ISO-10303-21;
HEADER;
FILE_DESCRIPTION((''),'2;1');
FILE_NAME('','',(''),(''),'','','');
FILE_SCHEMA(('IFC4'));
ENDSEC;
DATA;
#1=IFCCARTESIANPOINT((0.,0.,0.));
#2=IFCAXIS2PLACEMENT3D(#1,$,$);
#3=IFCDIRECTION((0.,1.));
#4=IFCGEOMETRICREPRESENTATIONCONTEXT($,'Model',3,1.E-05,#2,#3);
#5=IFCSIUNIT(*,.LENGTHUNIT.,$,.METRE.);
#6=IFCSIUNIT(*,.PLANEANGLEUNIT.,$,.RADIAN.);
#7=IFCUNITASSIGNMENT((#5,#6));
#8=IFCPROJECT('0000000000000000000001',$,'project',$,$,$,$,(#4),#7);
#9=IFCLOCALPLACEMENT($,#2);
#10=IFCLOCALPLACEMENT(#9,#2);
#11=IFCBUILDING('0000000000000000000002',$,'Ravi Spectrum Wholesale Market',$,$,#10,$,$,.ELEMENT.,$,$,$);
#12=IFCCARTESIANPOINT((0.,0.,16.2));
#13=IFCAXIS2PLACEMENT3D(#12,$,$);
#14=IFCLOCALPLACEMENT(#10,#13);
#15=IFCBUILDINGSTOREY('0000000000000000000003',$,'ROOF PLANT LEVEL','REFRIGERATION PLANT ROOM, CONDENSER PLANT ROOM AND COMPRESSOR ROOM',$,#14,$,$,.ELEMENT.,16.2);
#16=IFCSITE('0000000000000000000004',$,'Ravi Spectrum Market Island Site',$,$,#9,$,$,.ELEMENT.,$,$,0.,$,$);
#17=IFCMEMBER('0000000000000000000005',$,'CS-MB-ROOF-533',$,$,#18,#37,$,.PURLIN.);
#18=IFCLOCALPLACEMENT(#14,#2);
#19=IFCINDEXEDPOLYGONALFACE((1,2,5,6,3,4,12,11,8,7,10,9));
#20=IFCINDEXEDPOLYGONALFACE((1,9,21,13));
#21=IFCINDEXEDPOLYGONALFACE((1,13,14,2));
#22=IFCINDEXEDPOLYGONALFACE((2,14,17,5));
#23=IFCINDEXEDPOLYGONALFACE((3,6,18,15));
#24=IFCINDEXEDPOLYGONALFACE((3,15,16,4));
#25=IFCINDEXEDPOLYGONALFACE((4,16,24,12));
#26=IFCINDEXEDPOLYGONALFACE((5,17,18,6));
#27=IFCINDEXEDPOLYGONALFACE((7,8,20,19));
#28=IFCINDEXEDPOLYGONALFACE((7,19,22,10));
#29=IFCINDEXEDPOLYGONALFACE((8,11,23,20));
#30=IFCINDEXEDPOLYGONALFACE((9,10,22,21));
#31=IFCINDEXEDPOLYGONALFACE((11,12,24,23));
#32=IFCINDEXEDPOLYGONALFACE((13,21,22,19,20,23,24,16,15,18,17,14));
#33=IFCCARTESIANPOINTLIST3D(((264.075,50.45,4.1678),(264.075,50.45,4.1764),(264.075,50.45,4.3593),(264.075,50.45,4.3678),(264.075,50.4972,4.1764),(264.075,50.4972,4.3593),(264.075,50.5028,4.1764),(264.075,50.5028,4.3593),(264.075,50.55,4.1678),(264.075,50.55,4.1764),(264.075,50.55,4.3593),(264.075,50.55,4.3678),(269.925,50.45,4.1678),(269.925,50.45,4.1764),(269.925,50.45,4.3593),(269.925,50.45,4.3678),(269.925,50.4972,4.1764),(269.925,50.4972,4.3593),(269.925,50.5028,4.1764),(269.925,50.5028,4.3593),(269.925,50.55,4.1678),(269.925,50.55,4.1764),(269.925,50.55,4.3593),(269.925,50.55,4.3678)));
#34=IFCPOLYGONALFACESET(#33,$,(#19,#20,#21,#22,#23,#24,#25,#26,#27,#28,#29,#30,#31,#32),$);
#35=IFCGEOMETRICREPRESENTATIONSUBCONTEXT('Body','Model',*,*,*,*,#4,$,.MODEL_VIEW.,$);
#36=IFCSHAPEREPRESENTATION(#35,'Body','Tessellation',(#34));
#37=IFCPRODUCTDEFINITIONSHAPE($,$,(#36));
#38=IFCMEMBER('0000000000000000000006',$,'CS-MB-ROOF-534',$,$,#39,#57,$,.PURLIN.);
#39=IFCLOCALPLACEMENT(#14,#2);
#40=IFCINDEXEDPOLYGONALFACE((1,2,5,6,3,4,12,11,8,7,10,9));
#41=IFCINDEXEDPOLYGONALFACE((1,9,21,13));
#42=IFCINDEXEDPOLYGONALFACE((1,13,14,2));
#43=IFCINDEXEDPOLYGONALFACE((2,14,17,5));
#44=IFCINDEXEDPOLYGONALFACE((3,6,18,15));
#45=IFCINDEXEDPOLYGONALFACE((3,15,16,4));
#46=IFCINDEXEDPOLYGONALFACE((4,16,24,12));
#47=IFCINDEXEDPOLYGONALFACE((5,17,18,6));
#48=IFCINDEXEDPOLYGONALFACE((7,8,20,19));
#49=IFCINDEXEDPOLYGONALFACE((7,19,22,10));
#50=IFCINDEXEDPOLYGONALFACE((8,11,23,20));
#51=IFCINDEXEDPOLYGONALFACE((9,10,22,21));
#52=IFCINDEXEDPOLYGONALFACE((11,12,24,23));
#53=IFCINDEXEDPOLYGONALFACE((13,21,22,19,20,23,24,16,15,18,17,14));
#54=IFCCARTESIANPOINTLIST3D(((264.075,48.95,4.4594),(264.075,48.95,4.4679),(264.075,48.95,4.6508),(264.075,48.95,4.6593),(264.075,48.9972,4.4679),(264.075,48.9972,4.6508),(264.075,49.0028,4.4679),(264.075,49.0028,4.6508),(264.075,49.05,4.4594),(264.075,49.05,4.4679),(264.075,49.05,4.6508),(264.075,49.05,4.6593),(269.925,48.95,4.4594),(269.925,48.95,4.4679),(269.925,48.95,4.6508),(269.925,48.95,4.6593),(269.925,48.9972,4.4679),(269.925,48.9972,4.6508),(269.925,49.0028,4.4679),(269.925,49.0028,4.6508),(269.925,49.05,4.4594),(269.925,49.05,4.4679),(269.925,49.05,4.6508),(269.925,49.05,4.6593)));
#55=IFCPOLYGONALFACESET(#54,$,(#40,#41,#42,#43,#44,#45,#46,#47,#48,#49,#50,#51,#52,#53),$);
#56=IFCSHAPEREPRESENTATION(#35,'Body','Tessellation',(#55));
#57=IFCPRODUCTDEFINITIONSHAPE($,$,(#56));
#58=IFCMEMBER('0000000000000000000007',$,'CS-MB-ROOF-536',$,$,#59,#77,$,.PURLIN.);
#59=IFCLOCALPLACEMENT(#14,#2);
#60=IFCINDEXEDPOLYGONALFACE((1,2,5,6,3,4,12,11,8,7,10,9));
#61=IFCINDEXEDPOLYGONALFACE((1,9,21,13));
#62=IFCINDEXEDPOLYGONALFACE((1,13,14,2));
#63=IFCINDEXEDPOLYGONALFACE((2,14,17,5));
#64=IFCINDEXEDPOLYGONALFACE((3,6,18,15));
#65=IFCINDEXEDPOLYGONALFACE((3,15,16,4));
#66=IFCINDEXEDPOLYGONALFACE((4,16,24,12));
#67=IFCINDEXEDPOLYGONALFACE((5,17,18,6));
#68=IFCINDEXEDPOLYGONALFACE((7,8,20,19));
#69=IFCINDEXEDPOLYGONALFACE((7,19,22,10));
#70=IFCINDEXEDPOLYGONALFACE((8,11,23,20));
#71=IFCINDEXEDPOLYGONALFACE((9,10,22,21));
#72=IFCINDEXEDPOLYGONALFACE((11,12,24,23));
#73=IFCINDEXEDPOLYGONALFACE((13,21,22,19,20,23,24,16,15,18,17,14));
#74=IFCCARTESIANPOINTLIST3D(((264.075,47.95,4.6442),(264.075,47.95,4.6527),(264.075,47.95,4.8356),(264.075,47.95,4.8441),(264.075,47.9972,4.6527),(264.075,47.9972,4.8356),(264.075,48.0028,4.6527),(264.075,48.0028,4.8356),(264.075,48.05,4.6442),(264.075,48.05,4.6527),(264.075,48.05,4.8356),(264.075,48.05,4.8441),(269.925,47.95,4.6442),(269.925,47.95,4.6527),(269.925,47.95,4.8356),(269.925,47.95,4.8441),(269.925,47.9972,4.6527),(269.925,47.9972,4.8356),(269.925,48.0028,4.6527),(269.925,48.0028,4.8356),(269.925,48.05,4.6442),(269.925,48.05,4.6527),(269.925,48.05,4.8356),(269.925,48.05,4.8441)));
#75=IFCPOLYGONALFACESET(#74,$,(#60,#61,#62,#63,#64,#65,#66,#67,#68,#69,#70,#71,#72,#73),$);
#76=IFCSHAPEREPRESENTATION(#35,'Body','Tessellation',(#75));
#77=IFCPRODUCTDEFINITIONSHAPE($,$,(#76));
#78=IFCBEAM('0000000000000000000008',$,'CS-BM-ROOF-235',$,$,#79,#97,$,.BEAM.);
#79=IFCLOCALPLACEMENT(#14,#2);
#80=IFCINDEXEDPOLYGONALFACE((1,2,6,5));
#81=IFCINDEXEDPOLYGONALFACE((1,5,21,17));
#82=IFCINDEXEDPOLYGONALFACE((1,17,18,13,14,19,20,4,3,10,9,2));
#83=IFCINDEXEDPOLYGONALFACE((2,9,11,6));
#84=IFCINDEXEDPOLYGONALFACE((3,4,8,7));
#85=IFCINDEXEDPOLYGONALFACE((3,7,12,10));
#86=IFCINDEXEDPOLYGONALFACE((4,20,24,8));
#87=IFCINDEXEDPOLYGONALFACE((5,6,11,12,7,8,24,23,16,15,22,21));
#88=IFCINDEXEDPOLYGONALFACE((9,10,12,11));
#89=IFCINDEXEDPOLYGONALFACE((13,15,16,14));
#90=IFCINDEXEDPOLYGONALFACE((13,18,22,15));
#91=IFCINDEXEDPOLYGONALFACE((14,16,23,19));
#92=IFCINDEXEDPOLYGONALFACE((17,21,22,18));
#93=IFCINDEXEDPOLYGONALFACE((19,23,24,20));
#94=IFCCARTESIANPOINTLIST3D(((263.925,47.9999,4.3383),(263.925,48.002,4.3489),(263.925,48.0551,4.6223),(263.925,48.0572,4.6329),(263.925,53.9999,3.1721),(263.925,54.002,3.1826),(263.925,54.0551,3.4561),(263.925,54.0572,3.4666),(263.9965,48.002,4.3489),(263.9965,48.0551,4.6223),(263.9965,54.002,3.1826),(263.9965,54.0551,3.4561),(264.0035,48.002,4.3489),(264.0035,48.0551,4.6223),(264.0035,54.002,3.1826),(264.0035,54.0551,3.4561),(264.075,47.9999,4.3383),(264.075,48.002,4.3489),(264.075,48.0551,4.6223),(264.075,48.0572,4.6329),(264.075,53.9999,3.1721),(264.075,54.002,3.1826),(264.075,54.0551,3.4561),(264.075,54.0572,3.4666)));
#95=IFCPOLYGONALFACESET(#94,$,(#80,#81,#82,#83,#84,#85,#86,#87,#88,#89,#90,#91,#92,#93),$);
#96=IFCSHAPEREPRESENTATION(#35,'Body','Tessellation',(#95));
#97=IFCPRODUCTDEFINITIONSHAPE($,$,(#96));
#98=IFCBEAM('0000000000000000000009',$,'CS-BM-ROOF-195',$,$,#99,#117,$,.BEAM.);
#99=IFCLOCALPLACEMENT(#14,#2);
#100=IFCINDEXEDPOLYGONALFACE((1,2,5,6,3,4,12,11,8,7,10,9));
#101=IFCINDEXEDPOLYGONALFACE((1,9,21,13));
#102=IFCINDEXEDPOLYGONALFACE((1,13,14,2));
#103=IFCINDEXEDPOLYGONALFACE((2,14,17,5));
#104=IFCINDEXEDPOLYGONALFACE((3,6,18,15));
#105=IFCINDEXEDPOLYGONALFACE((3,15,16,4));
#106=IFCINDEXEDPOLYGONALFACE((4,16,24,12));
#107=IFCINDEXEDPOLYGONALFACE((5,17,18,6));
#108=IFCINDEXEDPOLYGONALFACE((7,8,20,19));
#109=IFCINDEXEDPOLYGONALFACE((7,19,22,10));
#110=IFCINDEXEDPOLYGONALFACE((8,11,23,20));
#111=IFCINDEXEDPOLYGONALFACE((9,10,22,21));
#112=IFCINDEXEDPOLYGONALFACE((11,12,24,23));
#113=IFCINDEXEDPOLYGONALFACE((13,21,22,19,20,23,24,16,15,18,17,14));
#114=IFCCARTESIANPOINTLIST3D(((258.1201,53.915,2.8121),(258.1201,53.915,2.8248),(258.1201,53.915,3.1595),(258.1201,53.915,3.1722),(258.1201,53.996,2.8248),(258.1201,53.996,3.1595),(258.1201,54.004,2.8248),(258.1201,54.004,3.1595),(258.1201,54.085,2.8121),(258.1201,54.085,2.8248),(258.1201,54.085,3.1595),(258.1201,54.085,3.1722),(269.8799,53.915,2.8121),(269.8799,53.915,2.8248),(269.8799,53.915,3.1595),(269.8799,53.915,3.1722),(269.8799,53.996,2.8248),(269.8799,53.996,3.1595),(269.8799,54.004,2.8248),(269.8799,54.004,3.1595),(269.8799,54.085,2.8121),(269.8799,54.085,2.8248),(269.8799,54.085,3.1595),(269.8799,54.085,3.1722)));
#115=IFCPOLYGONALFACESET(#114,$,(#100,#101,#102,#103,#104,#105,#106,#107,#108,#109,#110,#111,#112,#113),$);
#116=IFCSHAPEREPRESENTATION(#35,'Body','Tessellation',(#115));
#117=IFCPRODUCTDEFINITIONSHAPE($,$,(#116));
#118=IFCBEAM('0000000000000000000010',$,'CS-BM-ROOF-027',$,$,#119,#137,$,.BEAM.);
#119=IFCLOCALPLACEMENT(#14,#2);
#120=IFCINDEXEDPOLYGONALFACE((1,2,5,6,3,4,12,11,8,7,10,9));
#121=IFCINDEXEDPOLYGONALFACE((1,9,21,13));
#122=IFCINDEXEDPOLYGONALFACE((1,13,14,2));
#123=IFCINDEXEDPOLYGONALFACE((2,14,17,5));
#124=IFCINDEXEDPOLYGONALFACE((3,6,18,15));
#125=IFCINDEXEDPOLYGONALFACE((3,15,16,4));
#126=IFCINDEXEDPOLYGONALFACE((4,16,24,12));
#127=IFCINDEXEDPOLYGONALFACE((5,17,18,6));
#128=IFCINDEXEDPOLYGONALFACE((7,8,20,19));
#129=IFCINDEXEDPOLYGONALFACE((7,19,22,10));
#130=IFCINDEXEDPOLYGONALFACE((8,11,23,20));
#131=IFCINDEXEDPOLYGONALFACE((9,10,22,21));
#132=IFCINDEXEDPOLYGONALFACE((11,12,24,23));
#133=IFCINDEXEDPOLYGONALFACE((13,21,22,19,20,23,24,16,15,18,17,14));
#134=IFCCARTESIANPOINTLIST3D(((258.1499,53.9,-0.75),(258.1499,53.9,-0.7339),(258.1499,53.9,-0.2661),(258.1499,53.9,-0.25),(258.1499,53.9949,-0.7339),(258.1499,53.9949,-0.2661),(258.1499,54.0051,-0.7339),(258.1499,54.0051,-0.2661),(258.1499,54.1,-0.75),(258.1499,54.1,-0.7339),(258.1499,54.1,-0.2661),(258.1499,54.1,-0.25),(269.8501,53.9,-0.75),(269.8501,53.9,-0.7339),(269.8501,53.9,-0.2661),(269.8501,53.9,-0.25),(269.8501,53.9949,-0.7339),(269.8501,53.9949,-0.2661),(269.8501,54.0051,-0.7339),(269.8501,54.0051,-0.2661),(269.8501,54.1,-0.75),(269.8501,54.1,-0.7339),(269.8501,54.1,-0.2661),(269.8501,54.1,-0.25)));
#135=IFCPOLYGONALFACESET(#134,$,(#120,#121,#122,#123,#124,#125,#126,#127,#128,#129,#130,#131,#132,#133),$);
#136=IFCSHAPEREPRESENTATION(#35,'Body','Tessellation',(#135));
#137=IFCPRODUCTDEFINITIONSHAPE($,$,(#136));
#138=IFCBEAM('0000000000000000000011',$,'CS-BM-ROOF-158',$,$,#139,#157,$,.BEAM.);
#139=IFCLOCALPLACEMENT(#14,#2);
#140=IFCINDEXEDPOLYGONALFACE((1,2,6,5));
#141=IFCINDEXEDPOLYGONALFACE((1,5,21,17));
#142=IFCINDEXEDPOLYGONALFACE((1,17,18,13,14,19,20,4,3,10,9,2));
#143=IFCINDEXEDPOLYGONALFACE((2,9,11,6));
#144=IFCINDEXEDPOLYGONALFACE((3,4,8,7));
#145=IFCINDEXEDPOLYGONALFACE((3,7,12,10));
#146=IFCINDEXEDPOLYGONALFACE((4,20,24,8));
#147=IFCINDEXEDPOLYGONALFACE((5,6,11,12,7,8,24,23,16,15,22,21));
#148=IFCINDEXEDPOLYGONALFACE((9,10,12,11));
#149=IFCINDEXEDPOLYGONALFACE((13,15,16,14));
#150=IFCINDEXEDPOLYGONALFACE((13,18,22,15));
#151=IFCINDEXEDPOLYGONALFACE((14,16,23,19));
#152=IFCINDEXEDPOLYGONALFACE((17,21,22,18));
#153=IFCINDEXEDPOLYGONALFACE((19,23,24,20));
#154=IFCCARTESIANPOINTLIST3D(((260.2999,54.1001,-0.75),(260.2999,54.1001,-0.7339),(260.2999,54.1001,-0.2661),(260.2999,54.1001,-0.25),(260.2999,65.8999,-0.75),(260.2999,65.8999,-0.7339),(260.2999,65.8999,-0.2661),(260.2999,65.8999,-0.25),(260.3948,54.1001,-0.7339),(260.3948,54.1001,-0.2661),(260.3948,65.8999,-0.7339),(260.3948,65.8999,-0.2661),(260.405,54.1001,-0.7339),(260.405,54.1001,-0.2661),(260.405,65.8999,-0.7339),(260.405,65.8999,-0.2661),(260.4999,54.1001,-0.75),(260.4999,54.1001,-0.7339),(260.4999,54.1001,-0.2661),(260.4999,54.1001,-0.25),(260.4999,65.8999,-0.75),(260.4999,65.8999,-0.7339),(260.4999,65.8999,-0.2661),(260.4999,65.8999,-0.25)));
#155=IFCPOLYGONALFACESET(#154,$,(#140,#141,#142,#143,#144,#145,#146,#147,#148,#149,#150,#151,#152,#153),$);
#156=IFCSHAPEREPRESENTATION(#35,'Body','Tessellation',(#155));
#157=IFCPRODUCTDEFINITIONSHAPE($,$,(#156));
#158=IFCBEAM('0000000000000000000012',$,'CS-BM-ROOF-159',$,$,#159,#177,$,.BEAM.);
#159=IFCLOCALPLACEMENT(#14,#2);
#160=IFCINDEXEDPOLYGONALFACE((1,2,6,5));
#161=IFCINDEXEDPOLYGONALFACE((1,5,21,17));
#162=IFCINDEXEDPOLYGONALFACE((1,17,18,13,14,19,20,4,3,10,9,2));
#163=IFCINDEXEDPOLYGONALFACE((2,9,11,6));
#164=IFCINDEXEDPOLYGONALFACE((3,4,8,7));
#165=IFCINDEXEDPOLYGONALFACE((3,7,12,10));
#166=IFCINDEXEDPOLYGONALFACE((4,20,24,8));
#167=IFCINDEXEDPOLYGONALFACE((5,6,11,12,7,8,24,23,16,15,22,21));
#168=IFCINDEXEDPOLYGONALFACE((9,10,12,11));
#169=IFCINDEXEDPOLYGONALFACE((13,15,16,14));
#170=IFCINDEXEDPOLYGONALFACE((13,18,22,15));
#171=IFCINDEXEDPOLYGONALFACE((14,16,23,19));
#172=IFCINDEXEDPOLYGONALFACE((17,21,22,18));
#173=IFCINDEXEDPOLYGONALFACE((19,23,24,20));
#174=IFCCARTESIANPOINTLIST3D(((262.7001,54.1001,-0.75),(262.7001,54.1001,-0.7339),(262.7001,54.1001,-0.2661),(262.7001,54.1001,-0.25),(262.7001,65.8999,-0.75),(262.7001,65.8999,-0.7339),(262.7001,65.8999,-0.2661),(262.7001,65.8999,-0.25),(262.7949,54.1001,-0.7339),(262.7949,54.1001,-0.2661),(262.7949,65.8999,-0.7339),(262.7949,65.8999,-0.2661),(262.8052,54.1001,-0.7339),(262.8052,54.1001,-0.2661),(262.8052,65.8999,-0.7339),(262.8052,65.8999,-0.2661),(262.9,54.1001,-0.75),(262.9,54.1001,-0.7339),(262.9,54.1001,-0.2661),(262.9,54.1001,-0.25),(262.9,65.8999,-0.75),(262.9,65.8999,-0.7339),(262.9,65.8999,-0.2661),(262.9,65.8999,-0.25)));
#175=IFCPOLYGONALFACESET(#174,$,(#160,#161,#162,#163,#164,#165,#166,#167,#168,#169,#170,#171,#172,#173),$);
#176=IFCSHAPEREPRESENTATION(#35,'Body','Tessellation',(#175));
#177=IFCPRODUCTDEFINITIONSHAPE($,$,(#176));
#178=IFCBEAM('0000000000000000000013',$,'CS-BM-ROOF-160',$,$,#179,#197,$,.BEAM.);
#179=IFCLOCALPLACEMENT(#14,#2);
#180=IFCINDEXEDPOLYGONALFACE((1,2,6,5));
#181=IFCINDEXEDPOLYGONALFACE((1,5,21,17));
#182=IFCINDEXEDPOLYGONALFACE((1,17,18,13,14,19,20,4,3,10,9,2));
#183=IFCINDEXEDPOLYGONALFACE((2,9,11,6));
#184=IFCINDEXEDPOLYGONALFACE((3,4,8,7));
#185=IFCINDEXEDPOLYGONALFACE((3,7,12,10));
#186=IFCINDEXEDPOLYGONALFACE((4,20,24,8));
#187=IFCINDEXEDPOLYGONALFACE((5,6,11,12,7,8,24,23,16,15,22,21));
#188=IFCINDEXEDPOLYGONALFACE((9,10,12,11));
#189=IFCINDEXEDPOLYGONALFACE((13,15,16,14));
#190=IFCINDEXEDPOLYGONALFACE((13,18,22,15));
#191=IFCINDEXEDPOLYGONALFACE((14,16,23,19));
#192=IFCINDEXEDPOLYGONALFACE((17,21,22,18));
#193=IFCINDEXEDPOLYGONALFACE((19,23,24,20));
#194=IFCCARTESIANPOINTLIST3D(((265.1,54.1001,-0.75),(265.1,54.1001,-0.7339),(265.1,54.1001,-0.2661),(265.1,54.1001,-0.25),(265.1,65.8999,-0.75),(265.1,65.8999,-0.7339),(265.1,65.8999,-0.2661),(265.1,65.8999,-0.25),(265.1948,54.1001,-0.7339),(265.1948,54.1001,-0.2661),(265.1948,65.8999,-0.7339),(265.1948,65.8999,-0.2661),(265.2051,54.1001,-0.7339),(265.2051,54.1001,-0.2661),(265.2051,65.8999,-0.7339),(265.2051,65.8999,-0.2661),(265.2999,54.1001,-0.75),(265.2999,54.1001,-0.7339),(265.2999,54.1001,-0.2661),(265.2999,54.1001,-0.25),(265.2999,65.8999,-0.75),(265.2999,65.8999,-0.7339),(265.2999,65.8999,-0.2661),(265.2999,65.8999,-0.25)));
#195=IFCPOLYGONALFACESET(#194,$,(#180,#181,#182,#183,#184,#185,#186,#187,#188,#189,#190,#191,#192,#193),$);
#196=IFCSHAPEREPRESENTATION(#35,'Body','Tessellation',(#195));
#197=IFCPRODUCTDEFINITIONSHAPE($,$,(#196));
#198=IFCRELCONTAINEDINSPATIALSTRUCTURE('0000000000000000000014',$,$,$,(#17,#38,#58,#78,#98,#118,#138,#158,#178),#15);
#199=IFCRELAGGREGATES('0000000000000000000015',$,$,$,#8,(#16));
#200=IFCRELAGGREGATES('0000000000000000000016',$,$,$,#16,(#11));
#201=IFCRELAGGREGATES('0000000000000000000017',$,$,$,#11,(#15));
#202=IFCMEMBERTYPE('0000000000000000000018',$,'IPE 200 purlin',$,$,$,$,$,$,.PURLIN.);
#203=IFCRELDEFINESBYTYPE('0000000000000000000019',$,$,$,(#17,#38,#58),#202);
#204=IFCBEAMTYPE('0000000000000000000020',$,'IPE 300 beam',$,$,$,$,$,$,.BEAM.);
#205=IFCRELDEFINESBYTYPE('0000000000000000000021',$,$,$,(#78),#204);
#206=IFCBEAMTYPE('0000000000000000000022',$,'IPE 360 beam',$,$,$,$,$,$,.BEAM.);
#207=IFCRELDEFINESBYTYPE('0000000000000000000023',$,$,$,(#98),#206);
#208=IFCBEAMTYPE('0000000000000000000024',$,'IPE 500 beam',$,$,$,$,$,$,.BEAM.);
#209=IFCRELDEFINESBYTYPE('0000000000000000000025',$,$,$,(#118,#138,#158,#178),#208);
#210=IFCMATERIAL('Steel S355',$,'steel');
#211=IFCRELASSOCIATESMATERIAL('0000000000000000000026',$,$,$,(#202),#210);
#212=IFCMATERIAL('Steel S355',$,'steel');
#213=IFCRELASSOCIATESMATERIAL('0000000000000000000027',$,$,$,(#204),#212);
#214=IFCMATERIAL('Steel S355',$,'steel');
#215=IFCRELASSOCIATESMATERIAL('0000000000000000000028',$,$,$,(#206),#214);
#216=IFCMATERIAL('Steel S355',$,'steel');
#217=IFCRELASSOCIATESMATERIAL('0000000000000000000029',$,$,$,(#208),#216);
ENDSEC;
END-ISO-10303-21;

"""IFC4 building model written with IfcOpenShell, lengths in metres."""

from ifc_helpers import new_model, si_unit, direction, frame, origin, origin_2d, place, context, subcontext, project, spatial, i_section, extrude, material, material_profile, profile_set, type_object, element, save


model = new_model("IFC4")

# Units and contexts
model_context = context("Model", 3, precision=1e-05, world=origin(), true_north=direction((0.0, 1.0)))
body_context = subcontext(model_context, "Body", "Model", "MODEL_VIEW")
ifc_project = project(units=[si_unit("LENGTHUNIT", "METRE"), si_unit("PLANEANGLEUNIT", "RADIAN")], contexts=[model_context])

# Site, building, storey
site_placement = place(None, origin())
site = spatial("IfcSite", under=ifc_project, at=site_placement, Name="Ravi Spectrum Market Island Site", CompositionType="ELEMENT", RefElevation=0.0)
building_placement = place(site_placement, origin())
building = spatial("IfcBuilding", under=site, at=building_placement, Name="Ravi Spectrum Wholesale Market", CompositionType="ELEMENT")
storey_placement = place(building_placement, frame((0.0, 0.0, 16.2)))
storey = spatial("IfcBuildingStorey", under=building, at=storey_placement, Name="ROOF PLANT LEVEL", Description="REFRIGERATION PLANT ROOM, CONDENSER PLANT ROOM AND COMPRESSOR ROOM", CompositionType="ELEMENT", Elevation=16.2)

# Members
ifc_material_1 = material(Name="Steel S355", Category="steel")
ifc_material_profile_1 = material_profile(ifc_material_1, i_section(OverallWidth=0.1001, OverallDepth=0.2, WebThickness=0.0056, FlangeThickness=0.0085, at=origin_2d()))
ifc_profile_set_1 = profile_set([ifc_material_profile_1], Name="Steel S355")
member_type = type_object("IfcMemberType", Name="IPE 200 purlin", PredefinedType="PURLIN", material=ifc_profile_set_1)
for number, where, z_axis, x_axis, name in (
    (1, (264.075, 50.5, 4.2678), (1.0, 0.0, 0.0), (0.0, 1.0, 0.0), "CS-MB-ROOF-533"),
    (2, (264.075, 49.0, 4.5593), (1.0, 0.0, 0.0), (0.0, 1.0, 0.0), "CS-MB-ROOF-534"),
    (3, (264.075, 48.0, 4.7441), (1.0, 0.0, 0.0), (0.0, 1.0, 0.0), "CS-MB-ROOF-536"),
):
    element("IfcMember", number, at=place(storey_placement, frame(where, z_axis=z_axis, x_axis=x_axis)), inside=storey, type_object=member_type, Name=name, PredefinedType="PURLIN", context=body_context, shape_type="SweptSolid", body=[
        extrude(i_section(OverallWidth=0.1001, OverallDepth=0.2, WebThickness=0.0056, FlangeThickness=0.0085, at=origin_2d()), origin(), (0.0, 0.0, 1.0), 5.8501),
    ])

# Beams
ifc_material_2 = material(Name="Steel S355", Category="steel")
ifc_material_profile_2 = material_profile(ifc_material_2, i_section(OverallWidth=0.1499, OverallDepth=0.3, WebThickness=0.0071, FlangeThickness=0.0107, at=origin_2d()))
ifc_profile_set_2 = profile_set([ifc_material_profile_2], Name="Steel S355")
beam_type_1 = type_object("IfcBeamType", Name="IPE 300 beam", PredefinedType="BEAM", material=ifc_profile_set_2)
beam_1_placement = place(storey_placement, frame((264.0, 54.0286, 3.3193), z_axis=(0.0, -0.981628, 0.190806), x_axis=(1.0, 0.0, 0.0)))
element("IfcBeam", 4, at=beam_1_placement, inside=storey, type_object=beam_type_1, Name="CS-BM-ROOF-235", PredefinedType="BEAM", context=body_context, shape_type="SweptSolid", body=[
    extrude(i_section(OverallWidth=0.1499, OverallDepth=0.3, WebThickness=0.0071, FlangeThickness=0.0107, at=origin_2d()), origin(), (0.0, 0.0, 1.0), 6.1123),
])
ifc_material_3 = material(Name="Steel S355", Category="steel")
ifc_material_profile_3 = material_profile(ifc_material_3, i_section(OverallWidth=0.1699, OverallDepth=0.3601, WebThickness=0.0081, FlangeThickness=0.0127, at=origin_2d()))
ifc_profile_set_3 = profile_set([ifc_material_profile_3], Name="Steel S355")
beam_type_2 = type_object("IfcBeamType", Name="IPE 360 beam", PredefinedType="BEAM", material=ifc_profile_set_3)
beam_2_placement = place(storey_placement, frame((258.1201, 54.0, 2.9922), z_axis=(1.0, 0.0, 0.0), x_axis=(0.0, 1.0, 0.0)))
element("IfcBeam", 5, at=beam_2_placement, inside=storey, type_object=beam_type_2, Name="CS-BM-ROOF-195", PredefinedType="BEAM", context=body_context, shape_type="SweptSolid", body=[
    extrude(i_section(OverallWidth=0.1699, OverallDepth=0.3601, WebThickness=0.0081, FlangeThickness=0.0127, at=origin_2d()), origin(), (0.0, 0.0, 1.0), 11.7598),
])
ifc_material_4 = material(Name="Steel S355", Category="steel")
ifc_material_profile_4 = material_profile(ifc_material_4, i_section(OverallWidth=0.2, OverallDepth=0.5, WebThickness=0.0103, FlangeThickness=0.0161, at=origin_2d()))
ifc_profile_set_4 = profile_set([ifc_material_profile_4], Name="Steel S355")
beam_type_3 = type_object("IfcBeamType", Name="IPE 500 beam", PredefinedType="BEAM", material=ifc_profile_set_4)
beam_3_placement = place(storey_placement, frame((258.1499, 54.0, -0.5), z_axis=(1.0, 0.0, 0.0), x_axis=(0.0, 1.0, 0.0)))
element("IfcBeam", 6, at=beam_3_placement, inside=storey, type_object=beam_type_3, Name="CS-BM-ROOF-027", PredefinedType="BEAM", context=body_context, shape_type="SweptSolid", body=[
    extrude(i_section(OverallWidth=0.2, OverallDepth=0.5, WebThickness=0.0103, FlangeThickness=0.0161, at=origin_2d()), origin(), (0.0, 0.0, 1.0), 11.7002),
])
for number, where, z_axis, x_axis, name in (
    (7, (260.3999, 54.1001, -0.5), (0.0, 1.0, 0.0), (-1.0, 0.0, 0.0), "CS-BM-ROOF-158"),
    (8, (262.8, 54.1001, -0.5), (0.0, 1.0, 0.0), (-1.0, 0.0, 0.0), "CS-BM-ROOF-159"),
    (9, (265.2, 54.1001, -0.5), (0.0, 1.0, 0.0), (-1.0, 0.0, 0.0), "CS-BM-ROOF-160"),
):
    element("IfcBeam", number, at=place(storey_placement, frame(where, z_axis=z_axis, x_axis=x_axis)), inside=storey, type_object=beam_type_3, Name=name, PredefinedType="BEAM", context=body_context, shape_type="SweptSolid", body=[
        extrude(i_section(OverallWidth=0.2, OverallDepth=0.5, WebThickness=0.0103, FlangeThickness=0.0161, at=origin_2d()), origin(), (0.0, 0.0, 1.0), 11.7998),
    ])

save(model, "model.ifc")
